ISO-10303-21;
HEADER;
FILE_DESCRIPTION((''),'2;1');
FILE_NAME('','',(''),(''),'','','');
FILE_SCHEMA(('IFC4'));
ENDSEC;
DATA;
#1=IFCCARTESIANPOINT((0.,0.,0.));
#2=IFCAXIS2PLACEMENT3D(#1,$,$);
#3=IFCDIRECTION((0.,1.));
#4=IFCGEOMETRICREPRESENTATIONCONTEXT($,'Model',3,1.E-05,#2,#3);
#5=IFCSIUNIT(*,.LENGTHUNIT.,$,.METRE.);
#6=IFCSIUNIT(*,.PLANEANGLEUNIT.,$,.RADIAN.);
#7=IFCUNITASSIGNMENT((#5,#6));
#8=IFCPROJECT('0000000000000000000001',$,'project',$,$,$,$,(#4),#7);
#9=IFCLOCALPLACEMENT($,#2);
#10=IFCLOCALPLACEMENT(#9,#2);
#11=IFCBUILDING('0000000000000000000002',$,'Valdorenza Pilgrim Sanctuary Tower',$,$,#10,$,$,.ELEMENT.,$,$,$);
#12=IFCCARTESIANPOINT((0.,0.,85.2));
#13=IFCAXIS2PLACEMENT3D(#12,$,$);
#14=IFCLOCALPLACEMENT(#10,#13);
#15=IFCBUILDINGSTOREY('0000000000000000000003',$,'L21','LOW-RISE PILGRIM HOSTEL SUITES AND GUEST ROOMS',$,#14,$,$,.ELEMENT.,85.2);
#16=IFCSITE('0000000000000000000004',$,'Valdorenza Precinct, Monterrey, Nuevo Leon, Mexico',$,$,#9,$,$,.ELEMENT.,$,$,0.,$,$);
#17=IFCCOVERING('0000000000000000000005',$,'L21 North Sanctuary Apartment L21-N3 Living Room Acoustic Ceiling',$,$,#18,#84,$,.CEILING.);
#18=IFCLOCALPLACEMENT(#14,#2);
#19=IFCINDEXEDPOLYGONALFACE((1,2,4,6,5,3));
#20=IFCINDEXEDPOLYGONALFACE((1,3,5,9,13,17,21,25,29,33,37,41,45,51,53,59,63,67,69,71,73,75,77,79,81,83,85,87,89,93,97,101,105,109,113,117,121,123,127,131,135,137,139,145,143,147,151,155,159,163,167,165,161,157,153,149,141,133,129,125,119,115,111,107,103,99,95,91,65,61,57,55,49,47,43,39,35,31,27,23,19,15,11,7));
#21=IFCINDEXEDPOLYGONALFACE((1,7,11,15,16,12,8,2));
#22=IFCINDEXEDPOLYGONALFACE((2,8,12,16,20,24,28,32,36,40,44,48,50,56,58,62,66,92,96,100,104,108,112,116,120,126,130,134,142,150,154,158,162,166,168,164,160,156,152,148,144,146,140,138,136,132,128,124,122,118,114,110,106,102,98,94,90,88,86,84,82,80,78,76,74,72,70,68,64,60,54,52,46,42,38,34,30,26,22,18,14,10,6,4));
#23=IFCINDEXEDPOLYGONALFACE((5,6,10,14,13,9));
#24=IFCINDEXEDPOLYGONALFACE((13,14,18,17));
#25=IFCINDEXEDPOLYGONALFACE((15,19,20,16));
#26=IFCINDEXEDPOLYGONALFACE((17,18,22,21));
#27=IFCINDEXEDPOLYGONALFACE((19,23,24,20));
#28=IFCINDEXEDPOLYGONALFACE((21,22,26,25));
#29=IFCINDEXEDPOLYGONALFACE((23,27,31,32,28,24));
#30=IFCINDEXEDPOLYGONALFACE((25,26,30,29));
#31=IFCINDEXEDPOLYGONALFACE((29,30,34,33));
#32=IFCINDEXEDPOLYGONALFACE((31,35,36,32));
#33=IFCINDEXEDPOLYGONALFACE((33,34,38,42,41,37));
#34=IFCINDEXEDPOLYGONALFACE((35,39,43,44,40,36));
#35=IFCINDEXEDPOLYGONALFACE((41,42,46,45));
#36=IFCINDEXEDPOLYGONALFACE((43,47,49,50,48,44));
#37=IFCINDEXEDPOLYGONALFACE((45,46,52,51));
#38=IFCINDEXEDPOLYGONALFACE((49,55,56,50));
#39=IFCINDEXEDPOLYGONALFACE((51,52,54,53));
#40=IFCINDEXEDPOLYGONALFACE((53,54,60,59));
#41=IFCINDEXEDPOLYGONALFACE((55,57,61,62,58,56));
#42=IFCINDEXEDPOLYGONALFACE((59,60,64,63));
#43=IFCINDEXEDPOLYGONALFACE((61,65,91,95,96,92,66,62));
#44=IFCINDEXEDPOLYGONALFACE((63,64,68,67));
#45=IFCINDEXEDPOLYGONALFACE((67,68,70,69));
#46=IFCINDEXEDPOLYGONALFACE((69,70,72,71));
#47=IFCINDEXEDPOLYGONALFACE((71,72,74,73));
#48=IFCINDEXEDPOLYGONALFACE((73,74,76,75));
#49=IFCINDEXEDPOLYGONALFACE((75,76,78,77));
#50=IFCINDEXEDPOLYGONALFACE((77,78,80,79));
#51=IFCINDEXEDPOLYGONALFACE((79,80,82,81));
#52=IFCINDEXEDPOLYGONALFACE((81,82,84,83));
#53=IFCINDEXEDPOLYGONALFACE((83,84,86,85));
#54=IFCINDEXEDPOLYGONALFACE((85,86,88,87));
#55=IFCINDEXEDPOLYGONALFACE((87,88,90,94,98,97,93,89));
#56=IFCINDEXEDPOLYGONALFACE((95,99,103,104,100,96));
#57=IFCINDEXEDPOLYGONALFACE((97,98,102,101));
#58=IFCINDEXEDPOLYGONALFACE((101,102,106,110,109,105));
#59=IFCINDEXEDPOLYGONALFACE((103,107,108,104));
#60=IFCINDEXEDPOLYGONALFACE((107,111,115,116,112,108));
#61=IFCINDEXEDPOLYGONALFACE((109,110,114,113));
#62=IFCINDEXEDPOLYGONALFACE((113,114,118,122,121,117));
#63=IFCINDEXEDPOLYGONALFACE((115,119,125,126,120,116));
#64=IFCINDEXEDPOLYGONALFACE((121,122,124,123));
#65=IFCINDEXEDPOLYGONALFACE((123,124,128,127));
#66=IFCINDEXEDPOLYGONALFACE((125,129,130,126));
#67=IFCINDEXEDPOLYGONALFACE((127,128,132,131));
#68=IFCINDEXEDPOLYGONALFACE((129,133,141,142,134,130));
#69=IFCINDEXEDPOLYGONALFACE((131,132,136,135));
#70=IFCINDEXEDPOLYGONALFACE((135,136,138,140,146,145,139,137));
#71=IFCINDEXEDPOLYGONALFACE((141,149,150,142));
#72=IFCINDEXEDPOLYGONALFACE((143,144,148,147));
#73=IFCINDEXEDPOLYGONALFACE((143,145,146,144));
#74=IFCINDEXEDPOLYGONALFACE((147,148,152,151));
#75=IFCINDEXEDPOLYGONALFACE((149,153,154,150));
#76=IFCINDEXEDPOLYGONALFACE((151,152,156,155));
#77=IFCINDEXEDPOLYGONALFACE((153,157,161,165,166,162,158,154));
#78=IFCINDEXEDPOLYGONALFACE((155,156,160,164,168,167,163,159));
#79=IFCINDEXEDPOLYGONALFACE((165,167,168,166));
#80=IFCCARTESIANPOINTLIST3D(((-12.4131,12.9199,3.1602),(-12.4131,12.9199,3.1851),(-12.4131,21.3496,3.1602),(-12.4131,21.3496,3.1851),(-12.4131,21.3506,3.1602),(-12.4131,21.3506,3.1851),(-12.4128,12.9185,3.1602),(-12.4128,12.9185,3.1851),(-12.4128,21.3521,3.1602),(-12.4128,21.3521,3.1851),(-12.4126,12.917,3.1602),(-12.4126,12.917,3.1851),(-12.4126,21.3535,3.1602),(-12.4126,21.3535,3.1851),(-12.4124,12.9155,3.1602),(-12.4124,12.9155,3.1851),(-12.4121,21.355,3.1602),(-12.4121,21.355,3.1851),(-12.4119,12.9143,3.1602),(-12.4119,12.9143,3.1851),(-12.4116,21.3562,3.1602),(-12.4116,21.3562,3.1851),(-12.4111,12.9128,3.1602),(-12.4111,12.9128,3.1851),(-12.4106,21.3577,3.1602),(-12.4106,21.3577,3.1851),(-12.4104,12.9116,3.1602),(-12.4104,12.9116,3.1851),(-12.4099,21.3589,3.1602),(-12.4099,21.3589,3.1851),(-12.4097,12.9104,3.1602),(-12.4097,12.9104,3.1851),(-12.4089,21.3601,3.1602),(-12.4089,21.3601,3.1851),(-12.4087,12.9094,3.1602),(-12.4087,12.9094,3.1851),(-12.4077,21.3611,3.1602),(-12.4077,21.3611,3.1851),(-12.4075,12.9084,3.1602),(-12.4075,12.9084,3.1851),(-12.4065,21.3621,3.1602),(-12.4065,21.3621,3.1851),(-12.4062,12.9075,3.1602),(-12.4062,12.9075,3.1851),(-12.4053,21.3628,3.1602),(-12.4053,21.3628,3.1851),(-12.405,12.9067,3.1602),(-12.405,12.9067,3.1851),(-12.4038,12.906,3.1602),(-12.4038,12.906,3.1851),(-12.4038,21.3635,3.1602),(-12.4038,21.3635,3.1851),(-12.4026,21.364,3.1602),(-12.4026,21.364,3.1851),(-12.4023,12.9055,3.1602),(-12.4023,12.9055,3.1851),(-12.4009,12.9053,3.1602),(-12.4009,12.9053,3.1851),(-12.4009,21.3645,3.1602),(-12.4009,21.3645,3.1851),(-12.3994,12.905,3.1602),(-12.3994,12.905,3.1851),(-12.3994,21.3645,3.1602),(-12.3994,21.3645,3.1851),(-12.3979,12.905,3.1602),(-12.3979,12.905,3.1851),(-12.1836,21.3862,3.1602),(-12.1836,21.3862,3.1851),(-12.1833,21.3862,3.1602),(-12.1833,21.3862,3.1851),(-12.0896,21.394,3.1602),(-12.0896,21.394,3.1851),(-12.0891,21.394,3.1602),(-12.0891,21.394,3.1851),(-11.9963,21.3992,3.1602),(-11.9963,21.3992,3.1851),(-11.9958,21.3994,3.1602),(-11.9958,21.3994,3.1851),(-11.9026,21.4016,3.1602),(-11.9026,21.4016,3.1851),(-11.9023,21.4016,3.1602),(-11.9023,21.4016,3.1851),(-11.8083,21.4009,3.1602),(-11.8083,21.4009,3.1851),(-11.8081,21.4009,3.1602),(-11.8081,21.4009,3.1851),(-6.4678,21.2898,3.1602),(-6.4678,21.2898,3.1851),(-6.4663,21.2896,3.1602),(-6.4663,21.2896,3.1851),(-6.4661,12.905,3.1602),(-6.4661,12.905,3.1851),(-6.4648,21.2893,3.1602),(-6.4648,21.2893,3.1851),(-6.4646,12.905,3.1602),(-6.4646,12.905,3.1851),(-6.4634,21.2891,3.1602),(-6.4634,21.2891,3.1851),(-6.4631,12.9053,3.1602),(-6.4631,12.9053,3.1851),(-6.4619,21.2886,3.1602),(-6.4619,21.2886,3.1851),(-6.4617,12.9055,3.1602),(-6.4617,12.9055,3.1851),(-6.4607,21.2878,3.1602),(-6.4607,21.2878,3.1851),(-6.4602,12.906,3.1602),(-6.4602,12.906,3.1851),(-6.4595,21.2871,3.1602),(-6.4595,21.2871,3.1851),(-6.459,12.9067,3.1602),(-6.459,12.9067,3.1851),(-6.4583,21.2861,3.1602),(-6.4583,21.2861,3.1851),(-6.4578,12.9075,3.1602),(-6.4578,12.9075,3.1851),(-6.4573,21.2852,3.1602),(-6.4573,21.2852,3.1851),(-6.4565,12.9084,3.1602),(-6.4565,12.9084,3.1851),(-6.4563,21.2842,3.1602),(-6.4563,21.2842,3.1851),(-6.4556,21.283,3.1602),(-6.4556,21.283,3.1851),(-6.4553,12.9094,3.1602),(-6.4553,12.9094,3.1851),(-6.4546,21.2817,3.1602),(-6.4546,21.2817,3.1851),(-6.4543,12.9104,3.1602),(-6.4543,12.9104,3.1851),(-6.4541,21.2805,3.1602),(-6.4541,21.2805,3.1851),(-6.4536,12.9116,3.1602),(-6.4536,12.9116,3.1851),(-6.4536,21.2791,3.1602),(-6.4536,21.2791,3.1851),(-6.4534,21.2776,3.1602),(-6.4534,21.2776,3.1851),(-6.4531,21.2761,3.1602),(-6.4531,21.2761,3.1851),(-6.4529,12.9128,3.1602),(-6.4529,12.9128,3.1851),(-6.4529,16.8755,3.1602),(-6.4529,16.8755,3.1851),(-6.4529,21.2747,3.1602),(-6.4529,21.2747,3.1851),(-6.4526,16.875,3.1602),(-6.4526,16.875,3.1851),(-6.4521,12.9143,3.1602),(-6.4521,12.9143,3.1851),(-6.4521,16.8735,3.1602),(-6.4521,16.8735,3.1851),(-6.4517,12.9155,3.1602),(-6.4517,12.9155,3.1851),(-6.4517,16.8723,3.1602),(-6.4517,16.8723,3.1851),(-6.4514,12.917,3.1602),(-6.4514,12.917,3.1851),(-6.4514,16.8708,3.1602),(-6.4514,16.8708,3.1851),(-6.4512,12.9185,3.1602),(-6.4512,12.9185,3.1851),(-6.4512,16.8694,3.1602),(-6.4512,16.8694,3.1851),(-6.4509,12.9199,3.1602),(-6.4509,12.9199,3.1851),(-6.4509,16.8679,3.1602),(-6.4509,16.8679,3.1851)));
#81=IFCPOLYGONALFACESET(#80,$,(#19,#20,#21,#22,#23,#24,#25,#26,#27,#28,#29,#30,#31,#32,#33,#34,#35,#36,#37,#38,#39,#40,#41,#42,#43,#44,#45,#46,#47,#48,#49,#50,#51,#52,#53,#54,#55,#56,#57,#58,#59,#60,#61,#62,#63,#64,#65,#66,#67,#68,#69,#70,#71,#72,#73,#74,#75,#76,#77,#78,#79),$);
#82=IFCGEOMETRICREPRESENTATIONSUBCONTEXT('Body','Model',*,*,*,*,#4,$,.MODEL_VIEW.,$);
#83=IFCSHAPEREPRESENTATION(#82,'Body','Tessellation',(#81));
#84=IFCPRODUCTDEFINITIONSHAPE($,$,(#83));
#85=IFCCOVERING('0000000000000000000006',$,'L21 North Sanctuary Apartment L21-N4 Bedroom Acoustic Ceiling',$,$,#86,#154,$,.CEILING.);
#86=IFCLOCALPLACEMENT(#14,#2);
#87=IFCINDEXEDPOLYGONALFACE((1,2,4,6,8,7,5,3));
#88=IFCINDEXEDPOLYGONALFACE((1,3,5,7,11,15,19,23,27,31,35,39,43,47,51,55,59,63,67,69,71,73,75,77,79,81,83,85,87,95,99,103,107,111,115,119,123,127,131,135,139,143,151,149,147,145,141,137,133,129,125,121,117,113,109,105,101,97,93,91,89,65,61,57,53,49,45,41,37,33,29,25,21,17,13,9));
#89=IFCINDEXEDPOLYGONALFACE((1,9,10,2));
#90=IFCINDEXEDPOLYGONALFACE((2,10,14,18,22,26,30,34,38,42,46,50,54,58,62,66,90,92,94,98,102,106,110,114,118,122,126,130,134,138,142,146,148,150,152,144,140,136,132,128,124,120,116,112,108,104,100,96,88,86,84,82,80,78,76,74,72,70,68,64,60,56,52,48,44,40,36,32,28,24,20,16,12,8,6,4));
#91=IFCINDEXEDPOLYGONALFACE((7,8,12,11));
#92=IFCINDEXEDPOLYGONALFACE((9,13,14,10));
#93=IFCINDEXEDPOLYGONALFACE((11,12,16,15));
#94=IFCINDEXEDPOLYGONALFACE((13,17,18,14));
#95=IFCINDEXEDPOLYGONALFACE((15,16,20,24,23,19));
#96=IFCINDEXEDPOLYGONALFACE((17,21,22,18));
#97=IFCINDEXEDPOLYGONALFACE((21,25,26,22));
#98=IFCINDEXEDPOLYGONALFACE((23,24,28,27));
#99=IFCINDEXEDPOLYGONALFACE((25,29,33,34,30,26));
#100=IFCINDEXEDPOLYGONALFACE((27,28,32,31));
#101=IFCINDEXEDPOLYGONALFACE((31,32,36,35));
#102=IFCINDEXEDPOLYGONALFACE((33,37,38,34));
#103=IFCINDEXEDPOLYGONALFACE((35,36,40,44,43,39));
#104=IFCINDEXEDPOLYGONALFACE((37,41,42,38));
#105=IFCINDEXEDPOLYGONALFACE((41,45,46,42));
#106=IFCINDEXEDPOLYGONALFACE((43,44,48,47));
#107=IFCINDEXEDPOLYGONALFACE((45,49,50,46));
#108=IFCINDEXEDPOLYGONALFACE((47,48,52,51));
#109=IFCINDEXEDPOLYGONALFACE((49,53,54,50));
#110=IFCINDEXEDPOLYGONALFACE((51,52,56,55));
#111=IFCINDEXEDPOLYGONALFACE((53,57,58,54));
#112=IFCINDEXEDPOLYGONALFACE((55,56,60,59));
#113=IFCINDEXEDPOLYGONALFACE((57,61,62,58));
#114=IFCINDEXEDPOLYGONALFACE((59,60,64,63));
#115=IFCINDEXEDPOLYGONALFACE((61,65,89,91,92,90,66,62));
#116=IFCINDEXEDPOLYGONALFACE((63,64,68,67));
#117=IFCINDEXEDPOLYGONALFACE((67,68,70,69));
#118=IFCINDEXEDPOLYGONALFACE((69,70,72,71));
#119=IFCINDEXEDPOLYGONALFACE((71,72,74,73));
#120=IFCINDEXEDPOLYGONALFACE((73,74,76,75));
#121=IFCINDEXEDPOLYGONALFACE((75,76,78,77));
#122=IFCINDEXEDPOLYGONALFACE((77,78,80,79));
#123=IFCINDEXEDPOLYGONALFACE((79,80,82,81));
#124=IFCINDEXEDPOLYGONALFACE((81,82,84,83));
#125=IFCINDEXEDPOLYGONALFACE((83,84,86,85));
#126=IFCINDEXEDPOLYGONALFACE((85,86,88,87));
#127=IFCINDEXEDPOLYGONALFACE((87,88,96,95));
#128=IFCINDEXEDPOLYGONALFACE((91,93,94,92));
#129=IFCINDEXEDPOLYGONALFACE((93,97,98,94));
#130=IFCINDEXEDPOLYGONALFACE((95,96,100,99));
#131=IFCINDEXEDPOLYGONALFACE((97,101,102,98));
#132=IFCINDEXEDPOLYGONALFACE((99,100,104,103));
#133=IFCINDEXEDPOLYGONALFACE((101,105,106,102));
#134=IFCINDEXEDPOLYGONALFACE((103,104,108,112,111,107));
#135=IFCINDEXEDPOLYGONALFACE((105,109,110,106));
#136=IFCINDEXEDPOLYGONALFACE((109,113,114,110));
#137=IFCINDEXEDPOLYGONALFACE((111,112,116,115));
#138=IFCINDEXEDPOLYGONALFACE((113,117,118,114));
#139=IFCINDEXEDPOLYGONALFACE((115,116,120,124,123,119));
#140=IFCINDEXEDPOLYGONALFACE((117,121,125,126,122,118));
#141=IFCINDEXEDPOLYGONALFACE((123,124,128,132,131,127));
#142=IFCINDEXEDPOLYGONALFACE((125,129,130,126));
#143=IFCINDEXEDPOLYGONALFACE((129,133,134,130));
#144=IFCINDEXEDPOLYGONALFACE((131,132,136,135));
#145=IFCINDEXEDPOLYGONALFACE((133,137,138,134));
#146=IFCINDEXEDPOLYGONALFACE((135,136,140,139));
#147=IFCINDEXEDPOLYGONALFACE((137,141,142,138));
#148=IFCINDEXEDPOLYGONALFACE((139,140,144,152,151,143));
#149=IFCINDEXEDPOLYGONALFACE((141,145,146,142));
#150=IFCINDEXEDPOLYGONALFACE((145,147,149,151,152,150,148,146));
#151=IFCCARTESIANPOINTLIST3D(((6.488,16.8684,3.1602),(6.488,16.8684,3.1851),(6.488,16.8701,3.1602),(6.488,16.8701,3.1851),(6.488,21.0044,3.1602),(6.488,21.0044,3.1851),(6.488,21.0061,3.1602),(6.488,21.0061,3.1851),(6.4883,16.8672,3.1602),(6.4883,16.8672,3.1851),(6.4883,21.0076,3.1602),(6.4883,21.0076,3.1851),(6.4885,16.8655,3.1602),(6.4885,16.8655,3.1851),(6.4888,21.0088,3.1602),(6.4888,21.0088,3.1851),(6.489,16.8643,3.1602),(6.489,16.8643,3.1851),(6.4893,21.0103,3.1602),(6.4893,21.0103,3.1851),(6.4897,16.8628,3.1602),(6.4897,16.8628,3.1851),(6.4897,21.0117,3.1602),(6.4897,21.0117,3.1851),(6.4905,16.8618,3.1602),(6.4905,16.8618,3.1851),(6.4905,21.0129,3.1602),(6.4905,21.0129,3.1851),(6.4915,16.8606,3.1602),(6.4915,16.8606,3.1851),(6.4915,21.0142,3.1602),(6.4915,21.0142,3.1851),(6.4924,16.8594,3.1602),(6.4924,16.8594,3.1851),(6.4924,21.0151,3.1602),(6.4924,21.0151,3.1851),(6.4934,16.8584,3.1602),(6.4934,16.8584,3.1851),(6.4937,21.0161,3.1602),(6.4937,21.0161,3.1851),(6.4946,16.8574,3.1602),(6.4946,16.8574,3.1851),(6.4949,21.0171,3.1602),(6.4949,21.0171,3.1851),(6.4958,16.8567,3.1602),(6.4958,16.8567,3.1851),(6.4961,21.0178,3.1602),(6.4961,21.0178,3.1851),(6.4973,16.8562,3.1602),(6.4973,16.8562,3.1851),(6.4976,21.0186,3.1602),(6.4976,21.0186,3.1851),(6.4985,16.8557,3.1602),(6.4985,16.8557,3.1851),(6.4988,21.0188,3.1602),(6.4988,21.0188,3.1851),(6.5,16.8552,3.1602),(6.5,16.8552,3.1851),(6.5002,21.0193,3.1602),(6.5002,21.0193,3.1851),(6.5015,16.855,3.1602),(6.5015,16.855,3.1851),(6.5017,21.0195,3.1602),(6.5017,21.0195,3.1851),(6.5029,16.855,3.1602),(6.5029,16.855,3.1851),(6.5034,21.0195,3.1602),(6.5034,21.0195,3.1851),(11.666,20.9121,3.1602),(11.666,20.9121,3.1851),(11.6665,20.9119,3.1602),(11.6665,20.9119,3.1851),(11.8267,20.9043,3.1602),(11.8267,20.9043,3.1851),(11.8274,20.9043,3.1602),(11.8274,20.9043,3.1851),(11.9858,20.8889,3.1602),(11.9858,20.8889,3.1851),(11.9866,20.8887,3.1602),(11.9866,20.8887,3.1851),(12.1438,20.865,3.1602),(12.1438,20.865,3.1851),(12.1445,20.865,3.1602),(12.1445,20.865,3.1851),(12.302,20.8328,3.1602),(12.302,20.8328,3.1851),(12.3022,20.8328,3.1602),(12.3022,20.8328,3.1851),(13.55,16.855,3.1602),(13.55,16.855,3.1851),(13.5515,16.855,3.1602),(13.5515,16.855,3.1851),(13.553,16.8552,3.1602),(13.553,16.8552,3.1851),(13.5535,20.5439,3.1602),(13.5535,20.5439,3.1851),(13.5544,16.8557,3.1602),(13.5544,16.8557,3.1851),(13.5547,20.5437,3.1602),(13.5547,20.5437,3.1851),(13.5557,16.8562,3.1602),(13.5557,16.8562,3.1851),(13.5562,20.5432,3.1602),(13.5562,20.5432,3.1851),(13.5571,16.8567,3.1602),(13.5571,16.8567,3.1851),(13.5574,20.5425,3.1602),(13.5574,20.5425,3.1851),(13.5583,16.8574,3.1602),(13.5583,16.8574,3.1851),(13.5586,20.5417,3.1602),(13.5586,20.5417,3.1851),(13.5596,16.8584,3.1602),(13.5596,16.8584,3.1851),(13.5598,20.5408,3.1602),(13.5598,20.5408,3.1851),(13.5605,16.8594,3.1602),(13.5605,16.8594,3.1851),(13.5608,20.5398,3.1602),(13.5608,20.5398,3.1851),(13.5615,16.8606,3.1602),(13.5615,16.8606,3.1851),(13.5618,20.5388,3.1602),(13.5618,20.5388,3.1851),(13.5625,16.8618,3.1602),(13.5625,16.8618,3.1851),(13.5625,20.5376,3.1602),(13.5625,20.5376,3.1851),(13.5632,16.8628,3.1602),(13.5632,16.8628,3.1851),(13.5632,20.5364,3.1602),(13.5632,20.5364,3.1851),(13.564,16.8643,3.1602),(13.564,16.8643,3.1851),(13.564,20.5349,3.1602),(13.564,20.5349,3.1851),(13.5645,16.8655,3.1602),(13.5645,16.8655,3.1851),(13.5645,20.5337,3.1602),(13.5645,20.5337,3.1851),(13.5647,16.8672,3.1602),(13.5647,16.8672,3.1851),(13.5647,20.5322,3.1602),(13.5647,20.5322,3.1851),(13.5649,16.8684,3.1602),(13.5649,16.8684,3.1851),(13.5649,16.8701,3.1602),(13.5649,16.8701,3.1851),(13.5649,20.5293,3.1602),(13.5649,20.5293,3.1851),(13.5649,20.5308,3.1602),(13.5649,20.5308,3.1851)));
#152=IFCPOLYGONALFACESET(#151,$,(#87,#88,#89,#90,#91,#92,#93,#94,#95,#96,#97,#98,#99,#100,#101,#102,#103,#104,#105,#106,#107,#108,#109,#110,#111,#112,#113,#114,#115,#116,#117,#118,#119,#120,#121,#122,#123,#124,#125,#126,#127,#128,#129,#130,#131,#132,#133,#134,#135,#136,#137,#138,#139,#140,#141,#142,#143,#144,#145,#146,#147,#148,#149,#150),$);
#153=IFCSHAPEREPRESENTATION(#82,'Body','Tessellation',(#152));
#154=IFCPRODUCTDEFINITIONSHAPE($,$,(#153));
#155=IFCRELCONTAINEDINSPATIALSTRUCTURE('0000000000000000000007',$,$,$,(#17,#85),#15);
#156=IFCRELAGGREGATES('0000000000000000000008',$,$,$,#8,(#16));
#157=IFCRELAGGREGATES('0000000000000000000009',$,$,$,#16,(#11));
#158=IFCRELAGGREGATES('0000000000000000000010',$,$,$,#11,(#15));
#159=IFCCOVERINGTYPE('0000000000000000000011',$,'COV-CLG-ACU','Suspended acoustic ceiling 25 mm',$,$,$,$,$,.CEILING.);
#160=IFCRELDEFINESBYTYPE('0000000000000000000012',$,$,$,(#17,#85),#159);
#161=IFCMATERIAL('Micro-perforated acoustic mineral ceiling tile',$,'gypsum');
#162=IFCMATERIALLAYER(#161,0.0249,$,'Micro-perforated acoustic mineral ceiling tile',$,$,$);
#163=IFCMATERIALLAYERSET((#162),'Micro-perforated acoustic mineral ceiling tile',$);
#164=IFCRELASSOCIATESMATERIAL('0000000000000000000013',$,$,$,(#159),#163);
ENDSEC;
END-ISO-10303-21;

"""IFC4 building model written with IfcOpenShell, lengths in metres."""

from ifc_helpers import new_model, si_unit, direction, frame, origin, place, context, subcontext, project, spatial, polyline, outline, extrude, material, layer, layer_set, type_object, element, save


model = new_model("IFC4")

# Units and contexts
model_context = context("Model", 3, precision=1e-05, world=origin(), true_north=direction((0.0, 1.0)))
body_context = subcontext(model_context, "Body", "Model", "MODEL_VIEW")
ifc_project = project(units=[si_unit("LENGTHUNIT", "METRE"), si_unit("PLANEANGLEUNIT", "RADIAN")], contexts=[model_context])

# Site, building, storey
site_placement = place(None, origin())
site = spatial("IfcSite", under=ifc_project, at=site_placement, Name="Valdorenza Precinct, Monterrey, Nuevo Leon, Mexico", CompositionType="ELEMENT", RefElevation=0.0)
building_placement = place(site_placement, origin())
building = spatial("IfcBuilding", under=site, at=building_placement, Name="Valdorenza Pilgrim Sanctuary Tower", CompositionType="ELEMENT")
storey_placement = place(building_placement, frame((0.0, 0.0, 85.2)))
storey = spatial("IfcBuildingStorey", under=building, at=storey_placement, Name="L21", Description="LOW-RISE PILGRIM HOSTEL SUITES AND GUEST ROOMS", CompositionType="ELEMENT", Elevation=85.2)

# Coverings
ifc_material_1 = material(Name="Micro-perforated acoustic mineral ceiling tile", Category="gypsum")
ifc_layer_1 = layer(ifc_material_1, 0.0249, Name="Micro-perforated acoustic mineral ceiling tile")
ifc_layer_set_1 = layer_set([ifc_layer_1], Name="Micro-perforated acoustic mineral ceiling tile")
covering_type_1 = type_object("IfcCoveringType", Name="COV-CLG-ACU", Description="Suspended acoustic ceiling 25 mm", PredefinedType="CEILING", material=ifc_layer_set_1)
covering_1_placement = place(storey_placement, frame((0.0, 0.0, 3.1602)))
element("IfcCovering", 1, at=covering_1_placement, inside=storey, type_object=covering_type_1, Name="L21 North Sanctuary Apartment L21-N3 Living Room Acoustic Ceiling", PredefinedType="CEILING", context=body_context, shape_type="SweptSolid", body=[
    extrude(outline(polyline([(-12.4131, 21.3496), (-12.4131, 21.3506), (-12.4128, 21.3521), (-12.4126, 21.3535), (-12.4121, 21.355), (-12.4116, 21.3562), (-12.4106, 21.3577), (-12.4099, 21.3589), (-12.4089, 21.3601), (-12.4077, 21.3611), (-12.4065, 21.3621), (-12.4053, 21.3628), (-12.4038, 21.3635), (-12.4026, 21.364), (-12.4009, 21.3645), (-12.3994, 21.3645), (-12.1836, 21.3862), (-12.1833, 21.3862), (-12.0896, 21.394), (-12.0891, 21.394), (-11.9963, 21.3992), (-11.9958, 21.3994), (-11.9026, 21.4016), (-11.9023, 21.4016), (-11.8083, 21.4009), (-11.8081, 21.4009), (-6.4678, 21.2898), (-6.4663, 21.2896), (-6.4648, 21.2893), (-6.4634, 21.2891), (-6.4619, 21.2886), (-6.4607, 21.2878), (-6.4595, 21.2871), (-6.4583, 21.2861), (-6.4573, 21.2852), (-6.4563, 21.2842), (-6.4556, 21.283), (-6.4546, 21.2817), (-6.4541, 21.2805), (-6.4536, 21.2791), (-6.4534, 21.2776), (-6.4531, 21.2761), (-6.4529, 21.2747), (-6.4529, 16.8755), (-6.4526, 16.875), (-6.4521, 16.8735), (-6.4517, 16.8723), (-6.4514, 16.8708), (-6.4512, 16.8694), (-6.4509, 16.8679), (-6.4509, 12.9199), (-6.4512, 12.9185), (-6.4514, 12.917), (-6.4517, 12.9155), (-6.4521, 12.9143), (-6.4529, 12.9128), (-6.4536, 12.9116), (-6.4543, 12.9104), (-6.4553, 12.9094), (-6.4565, 12.9084), (-6.4578, 12.9075), (-6.459, 12.9067), (-6.4602, 12.906), (-6.4617, 12.9055), (-6.4631, 12.9053), (-6.4646, 12.905), (-6.4661, 12.905), (-12.3979, 12.905), (-12.3994, 12.905), (-12.4009, 12.9053), (-12.4023, 12.9055), (-12.4038, 12.906), (-12.405, 12.9067), (-12.4062, 12.9075), (-12.4075, 12.9084), (-12.4087, 12.9094), (-12.4097, 12.9104), (-12.4104, 12.9116), (-12.4111, 12.9128), (-12.4119, 12.9143), (-12.4124, 12.9155), (-12.4126, 12.917), (-12.4128, 12.9185), (-12.4131, 12.9199), (-12.4131, 21.3496), (-12.4131, 21.3496)])), origin(), (0.0, 0.0, 1.0), 0.0249),
])
covering_2_placement = place(storey_placement, frame((0.0, 0.0, 3.1602)))
element("IfcCovering", 2, at=covering_2_placement, inside=storey, type_object=covering_type_1, Name="L21 North Sanctuary Apartment L21-N4 Bedroom Acoustic Ceiling", PredefinedType="CEILING", context=body_context, shape_type="SweptSolid", body=[
    extrude(outline(polyline([(6.5029, 16.855), (6.5015, 16.855), (6.5, 16.8552), (6.4985, 16.8557), (6.4973, 16.8562), (6.4958, 16.8567), (6.4946, 16.8574), (6.4934, 16.8584), (6.4924, 16.8594), (6.4915, 16.8606), (6.4905, 16.8618), (6.4897, 16.8628), (6.489, 16.8643), (6.4885, 16.8655), (6.4883, 16.8672), (6.488, 16.8684), (6.488, 16.8701), (6.488, 21.0044), (6.488, 21.0061), (6.4883, 21.0076), (6.4888, 21.0088), (6.4893, 21.0103), (6.4897, 21.0117), (6.4905, 21.0129), (6.4915, 21.0142), (6.4924, 21.0151), (6.4937, 21.0161), (6.4949, 21.0171), (6.4961, 21.0178), (6.4976, 21.0186), (6.4988, 21.0188), (6.5002, 21.0193), (6.5017, 21.0195), (6.5034, 21.0195), (11.666, 20.9121), (11.6665, 20.9119), (11.8267, 20.9043), (11.8274, 20.9043), (11.9858, 20.8889), (11.9866, 20.8887), (12.1438, 20.865), (12.1445, 20.865), (12.302, 20.8328), (12.3022, 20.8328), (13.5535, 20.5439), (13.5547, 20.5437), (13.5562, 20.5432), (13.5574, 20.5425), (13.5586, 20.5417), (13.5598, 20.5408), (13.5608, 20.5398), (13.5618, 20.5388), (13.5625, 20.5376), (13.5632, 20.5364), (13.564, 20.5349), (13.5645, 20.5337), (13.5647, 20.5322), (13.5649, 20.5308), (13.5649, 20.5293), (13.5649, 16.8701), (13.5649, 16.8684), (13.5647, 16.8672), (13.5645, 16.8655), (13.564, 16.8643), (13.5632, 16.8628), (13.5625, 16.8618), (13.5615, 16.8606), (13.5605, 16.8594), (13.5596, 16.8584), (13.5583, 16.8574), (13.5571, 16.8567), (13.5557, 16.8562), (13.5544, 16.8557), (13.553, 16.8552), (13.5515, 16.855), (13.55, 16.855), (6.5029, 16.855)])), origin(), (0.0, 0.0, 1.0), 0.0249),
])

save(model, "model.ifc")
